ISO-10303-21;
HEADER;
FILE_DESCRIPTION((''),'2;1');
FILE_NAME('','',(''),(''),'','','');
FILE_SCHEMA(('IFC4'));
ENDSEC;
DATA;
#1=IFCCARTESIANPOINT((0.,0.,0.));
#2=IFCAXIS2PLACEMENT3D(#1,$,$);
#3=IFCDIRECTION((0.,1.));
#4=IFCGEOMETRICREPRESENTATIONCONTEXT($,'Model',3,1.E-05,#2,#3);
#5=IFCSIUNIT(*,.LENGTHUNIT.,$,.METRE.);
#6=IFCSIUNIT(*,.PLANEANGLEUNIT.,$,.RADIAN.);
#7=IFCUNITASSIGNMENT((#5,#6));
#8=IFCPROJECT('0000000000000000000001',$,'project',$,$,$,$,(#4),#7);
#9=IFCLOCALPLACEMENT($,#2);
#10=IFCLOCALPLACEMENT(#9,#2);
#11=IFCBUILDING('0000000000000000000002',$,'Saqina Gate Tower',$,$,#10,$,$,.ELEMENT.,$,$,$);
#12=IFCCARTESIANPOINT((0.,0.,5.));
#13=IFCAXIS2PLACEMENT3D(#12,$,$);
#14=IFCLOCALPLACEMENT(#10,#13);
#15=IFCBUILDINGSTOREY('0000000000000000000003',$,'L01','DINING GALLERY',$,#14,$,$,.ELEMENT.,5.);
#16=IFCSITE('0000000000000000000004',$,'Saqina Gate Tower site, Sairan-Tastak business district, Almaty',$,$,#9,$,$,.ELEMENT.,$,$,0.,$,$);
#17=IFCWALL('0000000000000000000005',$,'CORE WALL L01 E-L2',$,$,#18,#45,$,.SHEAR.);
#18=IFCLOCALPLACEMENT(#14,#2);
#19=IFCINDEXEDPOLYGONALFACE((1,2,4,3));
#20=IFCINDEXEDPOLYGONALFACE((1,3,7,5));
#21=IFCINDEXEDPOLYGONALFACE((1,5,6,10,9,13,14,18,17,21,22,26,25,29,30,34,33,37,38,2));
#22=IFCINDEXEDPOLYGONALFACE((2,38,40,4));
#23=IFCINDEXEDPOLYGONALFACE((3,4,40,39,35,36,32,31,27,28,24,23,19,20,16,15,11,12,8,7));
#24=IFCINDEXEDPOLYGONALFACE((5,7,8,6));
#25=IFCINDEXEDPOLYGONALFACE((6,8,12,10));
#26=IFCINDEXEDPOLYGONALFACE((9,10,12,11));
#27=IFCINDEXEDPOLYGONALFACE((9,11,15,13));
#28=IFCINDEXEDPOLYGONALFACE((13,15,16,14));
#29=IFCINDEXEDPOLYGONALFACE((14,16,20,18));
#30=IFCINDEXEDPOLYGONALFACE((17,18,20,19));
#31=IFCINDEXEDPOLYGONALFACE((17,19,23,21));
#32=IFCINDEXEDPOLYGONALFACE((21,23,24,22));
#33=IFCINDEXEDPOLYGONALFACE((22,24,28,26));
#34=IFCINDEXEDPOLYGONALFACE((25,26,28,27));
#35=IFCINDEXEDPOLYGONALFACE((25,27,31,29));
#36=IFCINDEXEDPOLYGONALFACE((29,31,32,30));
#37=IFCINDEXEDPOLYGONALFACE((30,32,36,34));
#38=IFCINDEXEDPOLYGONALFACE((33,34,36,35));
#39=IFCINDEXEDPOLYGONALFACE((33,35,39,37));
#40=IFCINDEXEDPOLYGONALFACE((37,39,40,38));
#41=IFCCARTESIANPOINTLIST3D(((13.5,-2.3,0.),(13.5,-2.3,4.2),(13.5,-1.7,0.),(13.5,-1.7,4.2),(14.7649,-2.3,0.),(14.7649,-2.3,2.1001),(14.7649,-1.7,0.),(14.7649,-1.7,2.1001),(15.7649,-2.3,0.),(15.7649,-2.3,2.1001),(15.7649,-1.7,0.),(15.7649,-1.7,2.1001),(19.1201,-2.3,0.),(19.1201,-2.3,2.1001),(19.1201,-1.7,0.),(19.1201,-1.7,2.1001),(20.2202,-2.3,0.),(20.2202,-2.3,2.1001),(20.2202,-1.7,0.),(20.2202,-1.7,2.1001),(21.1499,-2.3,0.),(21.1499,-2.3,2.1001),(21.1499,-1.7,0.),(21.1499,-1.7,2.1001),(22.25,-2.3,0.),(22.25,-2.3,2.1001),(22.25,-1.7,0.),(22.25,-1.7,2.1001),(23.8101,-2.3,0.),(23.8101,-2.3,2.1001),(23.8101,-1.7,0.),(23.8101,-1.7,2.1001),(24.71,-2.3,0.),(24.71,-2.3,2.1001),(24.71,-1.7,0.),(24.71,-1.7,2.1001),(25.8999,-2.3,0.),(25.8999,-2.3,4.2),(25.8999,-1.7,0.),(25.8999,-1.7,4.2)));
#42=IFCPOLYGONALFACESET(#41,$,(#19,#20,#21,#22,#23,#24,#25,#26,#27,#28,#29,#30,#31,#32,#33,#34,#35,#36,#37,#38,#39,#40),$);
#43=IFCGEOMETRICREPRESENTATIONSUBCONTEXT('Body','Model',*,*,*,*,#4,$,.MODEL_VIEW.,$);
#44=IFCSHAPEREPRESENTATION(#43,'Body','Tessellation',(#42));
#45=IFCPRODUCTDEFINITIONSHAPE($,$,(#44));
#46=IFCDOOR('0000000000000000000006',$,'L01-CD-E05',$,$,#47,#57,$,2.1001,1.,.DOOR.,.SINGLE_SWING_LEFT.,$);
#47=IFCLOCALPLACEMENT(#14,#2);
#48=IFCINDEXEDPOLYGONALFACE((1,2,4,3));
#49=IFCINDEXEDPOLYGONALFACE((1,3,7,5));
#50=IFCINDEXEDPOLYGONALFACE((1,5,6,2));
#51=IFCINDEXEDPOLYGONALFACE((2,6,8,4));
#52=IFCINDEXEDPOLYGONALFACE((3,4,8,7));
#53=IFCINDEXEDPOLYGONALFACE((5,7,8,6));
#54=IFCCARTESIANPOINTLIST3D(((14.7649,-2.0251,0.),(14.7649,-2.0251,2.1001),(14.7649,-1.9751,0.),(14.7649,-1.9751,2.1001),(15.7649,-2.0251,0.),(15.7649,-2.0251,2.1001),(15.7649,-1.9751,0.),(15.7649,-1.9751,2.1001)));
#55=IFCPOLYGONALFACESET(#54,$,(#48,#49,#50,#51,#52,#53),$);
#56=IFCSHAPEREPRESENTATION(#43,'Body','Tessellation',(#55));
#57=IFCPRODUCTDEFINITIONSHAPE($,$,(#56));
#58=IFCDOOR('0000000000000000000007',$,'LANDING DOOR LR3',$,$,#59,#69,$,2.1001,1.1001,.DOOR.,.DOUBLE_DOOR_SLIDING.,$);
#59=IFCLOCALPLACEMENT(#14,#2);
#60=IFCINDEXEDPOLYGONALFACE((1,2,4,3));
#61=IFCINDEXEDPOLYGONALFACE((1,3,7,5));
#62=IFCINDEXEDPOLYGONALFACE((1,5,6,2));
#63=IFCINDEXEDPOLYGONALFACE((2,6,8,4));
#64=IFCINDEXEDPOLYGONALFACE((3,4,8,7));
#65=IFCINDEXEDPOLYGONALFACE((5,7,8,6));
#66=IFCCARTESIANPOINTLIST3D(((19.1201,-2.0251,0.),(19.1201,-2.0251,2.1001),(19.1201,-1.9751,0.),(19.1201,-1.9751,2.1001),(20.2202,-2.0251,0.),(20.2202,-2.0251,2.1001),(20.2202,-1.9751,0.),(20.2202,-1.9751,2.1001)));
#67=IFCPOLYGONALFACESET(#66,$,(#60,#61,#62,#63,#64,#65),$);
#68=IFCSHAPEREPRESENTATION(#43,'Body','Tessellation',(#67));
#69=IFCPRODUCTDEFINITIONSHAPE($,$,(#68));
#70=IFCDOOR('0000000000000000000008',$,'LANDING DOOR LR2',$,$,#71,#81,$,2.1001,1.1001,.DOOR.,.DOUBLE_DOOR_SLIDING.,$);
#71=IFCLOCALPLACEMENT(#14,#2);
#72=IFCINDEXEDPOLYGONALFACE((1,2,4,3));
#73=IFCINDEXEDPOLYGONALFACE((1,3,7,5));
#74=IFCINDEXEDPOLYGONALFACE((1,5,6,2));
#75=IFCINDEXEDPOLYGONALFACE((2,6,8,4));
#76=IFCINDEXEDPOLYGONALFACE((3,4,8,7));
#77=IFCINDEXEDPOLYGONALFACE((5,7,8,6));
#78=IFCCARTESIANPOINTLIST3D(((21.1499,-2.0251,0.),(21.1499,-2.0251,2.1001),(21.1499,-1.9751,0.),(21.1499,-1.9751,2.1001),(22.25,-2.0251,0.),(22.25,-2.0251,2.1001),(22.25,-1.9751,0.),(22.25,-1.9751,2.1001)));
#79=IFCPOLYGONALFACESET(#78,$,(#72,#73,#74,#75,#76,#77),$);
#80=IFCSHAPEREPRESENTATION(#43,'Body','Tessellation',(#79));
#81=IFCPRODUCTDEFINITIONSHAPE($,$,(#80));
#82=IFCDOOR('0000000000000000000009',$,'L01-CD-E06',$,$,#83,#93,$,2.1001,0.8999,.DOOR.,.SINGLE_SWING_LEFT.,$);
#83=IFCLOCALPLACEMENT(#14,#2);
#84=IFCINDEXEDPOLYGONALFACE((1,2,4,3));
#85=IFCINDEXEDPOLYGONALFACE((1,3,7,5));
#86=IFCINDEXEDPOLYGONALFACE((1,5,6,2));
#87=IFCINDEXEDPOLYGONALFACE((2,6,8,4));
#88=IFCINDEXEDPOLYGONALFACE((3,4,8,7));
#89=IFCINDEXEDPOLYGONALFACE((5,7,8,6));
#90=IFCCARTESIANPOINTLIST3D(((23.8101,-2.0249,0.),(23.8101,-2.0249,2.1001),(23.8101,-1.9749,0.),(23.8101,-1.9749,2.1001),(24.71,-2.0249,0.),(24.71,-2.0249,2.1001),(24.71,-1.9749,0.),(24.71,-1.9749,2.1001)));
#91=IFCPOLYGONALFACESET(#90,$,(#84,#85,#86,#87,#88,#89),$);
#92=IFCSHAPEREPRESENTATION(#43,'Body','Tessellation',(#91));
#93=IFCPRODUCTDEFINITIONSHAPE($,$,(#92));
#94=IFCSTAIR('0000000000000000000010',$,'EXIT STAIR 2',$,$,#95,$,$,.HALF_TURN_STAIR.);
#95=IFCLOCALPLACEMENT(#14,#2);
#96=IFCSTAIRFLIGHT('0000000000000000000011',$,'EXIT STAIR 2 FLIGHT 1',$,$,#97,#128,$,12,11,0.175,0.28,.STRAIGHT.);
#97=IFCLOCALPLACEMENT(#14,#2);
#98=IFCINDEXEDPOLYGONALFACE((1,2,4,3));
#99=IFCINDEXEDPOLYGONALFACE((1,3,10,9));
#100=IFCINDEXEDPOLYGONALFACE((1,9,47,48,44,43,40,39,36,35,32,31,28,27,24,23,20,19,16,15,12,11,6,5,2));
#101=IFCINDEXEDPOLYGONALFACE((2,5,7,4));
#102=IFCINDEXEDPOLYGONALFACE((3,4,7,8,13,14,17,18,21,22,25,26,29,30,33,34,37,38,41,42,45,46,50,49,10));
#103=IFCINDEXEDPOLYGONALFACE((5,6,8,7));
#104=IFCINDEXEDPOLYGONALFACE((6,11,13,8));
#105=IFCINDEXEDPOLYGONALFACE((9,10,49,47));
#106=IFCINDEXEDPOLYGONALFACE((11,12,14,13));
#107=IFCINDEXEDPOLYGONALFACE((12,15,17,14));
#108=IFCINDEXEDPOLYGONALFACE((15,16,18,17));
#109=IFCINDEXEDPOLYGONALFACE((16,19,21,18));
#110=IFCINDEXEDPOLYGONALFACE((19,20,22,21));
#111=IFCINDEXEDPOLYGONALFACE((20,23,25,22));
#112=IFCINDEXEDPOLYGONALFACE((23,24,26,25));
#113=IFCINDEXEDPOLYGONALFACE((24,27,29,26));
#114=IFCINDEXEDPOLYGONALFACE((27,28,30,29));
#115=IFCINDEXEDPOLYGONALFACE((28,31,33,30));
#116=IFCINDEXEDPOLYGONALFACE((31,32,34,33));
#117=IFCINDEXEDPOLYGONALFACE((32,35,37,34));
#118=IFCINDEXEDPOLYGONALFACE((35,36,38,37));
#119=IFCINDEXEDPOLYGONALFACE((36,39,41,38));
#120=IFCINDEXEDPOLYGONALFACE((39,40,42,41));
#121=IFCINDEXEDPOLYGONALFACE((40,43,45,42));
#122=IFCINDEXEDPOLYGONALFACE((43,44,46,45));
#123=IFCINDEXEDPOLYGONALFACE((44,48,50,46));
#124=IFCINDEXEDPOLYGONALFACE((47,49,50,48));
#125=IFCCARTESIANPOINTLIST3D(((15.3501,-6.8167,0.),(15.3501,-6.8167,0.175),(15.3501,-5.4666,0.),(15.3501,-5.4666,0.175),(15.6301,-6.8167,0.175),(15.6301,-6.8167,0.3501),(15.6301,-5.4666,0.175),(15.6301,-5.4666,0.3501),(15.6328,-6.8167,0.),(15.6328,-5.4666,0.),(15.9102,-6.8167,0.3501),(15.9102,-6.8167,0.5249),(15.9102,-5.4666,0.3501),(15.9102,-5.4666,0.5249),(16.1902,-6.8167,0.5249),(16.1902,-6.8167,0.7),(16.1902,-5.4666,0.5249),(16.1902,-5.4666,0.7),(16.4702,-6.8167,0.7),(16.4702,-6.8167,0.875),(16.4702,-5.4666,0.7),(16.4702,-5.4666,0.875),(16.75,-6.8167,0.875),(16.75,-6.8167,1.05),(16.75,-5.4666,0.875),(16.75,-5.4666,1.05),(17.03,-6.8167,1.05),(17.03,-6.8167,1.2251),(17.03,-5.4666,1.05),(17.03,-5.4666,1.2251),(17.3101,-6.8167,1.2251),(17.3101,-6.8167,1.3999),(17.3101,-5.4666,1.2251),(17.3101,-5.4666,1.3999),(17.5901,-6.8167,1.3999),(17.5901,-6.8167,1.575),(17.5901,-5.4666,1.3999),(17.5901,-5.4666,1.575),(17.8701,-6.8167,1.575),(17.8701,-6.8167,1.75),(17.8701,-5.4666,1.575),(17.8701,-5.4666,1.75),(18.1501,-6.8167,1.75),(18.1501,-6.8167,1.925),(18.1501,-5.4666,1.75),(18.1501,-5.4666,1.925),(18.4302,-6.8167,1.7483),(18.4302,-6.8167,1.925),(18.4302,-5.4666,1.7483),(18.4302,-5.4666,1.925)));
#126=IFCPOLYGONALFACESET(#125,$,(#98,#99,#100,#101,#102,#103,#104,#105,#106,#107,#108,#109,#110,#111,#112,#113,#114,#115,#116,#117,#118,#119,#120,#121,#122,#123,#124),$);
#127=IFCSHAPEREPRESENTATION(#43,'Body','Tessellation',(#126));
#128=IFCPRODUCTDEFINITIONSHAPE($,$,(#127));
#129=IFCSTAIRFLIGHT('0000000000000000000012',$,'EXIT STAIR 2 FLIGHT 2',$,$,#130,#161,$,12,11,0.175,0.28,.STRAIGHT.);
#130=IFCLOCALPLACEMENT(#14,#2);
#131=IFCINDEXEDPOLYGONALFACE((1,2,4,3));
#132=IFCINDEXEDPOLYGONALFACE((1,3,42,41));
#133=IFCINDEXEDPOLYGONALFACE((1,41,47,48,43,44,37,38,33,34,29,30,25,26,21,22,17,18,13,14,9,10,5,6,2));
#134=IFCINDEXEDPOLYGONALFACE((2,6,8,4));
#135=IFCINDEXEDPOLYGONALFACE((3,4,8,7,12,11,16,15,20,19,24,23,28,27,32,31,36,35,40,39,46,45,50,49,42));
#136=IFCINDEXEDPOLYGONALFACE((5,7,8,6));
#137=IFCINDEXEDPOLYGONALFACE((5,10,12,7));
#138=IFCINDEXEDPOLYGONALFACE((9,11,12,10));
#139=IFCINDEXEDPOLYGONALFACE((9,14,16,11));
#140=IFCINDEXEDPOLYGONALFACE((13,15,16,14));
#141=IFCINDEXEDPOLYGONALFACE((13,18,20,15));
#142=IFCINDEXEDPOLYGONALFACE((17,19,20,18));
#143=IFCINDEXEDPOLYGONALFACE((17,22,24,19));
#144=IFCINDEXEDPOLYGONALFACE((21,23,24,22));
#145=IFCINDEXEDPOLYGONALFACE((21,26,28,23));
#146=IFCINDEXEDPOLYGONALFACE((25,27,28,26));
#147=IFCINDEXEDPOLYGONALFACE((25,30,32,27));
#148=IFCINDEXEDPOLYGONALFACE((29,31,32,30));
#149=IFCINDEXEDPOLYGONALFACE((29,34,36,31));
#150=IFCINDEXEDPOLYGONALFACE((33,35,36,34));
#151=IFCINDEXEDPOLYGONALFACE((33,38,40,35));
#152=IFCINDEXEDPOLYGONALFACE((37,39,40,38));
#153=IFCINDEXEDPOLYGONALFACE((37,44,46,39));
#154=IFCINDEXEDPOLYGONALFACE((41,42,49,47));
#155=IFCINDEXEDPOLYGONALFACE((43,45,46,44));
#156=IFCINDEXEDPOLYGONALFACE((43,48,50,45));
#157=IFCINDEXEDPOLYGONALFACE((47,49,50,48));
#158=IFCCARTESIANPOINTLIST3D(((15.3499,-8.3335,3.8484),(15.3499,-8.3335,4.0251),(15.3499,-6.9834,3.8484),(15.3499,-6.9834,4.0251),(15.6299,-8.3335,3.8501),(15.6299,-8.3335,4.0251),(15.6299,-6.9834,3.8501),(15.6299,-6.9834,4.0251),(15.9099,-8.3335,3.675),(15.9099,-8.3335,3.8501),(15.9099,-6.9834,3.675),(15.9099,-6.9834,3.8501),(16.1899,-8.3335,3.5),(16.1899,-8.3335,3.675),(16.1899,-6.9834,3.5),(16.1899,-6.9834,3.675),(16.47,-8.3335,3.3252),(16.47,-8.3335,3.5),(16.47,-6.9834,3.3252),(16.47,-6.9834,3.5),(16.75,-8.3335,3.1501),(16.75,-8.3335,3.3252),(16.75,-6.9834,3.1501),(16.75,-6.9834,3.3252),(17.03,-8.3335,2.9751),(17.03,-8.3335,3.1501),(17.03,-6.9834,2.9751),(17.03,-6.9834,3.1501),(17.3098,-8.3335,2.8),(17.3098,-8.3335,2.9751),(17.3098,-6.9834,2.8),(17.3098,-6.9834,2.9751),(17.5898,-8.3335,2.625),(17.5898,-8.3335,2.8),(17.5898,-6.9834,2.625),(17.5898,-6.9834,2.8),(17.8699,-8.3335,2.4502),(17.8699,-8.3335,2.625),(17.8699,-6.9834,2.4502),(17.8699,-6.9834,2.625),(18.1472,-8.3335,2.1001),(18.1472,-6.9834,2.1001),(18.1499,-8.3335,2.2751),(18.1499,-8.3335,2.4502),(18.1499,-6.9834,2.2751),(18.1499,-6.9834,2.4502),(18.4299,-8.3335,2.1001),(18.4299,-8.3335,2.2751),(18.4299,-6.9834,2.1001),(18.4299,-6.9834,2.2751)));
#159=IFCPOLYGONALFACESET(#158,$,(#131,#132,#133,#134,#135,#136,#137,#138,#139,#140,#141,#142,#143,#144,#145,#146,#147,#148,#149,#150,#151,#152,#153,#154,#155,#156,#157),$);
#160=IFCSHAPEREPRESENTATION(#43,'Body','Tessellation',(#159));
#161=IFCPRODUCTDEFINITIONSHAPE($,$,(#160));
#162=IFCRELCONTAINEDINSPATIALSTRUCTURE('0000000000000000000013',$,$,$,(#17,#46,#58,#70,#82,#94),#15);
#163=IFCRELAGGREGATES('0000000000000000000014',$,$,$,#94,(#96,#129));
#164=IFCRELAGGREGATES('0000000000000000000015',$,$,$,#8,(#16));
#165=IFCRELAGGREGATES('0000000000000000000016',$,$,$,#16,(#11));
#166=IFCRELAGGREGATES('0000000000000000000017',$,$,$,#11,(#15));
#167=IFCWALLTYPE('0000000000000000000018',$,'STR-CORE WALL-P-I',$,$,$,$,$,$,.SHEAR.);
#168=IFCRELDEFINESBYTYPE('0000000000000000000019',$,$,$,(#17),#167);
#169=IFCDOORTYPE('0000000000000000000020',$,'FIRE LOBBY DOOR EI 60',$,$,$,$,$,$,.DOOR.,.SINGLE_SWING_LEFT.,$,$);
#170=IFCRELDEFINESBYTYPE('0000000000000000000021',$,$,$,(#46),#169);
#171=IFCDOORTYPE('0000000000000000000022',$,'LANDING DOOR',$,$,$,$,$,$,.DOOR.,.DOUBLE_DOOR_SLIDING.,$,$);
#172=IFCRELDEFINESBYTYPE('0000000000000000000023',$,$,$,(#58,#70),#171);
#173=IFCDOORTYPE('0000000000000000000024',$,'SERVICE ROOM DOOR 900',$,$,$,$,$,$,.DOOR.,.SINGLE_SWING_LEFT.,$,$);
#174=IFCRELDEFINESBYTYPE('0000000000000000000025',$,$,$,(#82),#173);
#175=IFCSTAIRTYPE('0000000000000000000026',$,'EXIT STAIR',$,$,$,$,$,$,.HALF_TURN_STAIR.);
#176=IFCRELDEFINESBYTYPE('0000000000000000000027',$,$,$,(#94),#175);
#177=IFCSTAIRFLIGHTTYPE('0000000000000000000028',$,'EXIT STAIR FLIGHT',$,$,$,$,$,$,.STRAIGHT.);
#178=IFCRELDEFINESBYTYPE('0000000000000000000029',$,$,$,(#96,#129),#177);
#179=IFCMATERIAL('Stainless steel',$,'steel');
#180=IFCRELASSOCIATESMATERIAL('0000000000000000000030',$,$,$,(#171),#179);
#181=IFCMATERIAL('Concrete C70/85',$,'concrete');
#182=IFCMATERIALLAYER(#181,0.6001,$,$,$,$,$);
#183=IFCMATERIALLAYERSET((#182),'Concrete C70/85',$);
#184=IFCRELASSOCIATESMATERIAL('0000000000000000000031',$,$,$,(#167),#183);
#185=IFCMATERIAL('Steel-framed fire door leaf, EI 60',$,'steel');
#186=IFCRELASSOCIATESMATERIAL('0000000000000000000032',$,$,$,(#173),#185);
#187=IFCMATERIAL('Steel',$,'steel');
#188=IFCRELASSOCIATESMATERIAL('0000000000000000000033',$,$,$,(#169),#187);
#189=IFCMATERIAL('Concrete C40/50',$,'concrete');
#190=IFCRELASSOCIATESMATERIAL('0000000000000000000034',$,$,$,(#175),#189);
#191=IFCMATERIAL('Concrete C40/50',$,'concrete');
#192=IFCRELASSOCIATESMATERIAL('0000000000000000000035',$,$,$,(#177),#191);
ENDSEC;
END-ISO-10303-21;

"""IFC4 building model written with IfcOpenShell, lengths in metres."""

from ifc_helpers import new_model, si_unit, direction, frame, frame_2d, origin, place, context, subcontext, project, spatial, polyline, rectangle, outline, extrude, material, layer, layer_set, type_object, element, fill, aggregate, save


model = new_model("IFC4")

# Units and contexts
model_context = context("Model", 3, precision=1e-05, world=origin(), true_north=direction((0.0, 1.0)))
body_context = subcontext(model_context, "Body", "Model", "MODEL_VIEW")
ifc_project = project(units=[si_unit("LENGTHUNIT", "METRE"), si_unit("PLANEANGLEUNIT", "RADIAN")], contexts=[model_context])

# Site, building, storey
site_placement = place(None, origin())
site = spatial("IfcSite", under=ifc_project, at=site_placement, Name="Saqina Gate Tower site, Sairan-Tastak business district, Almaty", CompositionType="ELEMENT", RefElevation=0.0)
building_placement = place(site_placement, origin())
building = spatial("IfcBuilding", under=site, at=building_placement, Name="Saqina Gate Tower", CompositionType="ELEMENT")
storey_placement = place(building_placement, frame((0.0, 0.0, 5.0)))
storey = spatial("IfcBuildingStorey", under=building, at=storey_placement, Name="L01", Description="DINING GALLERY", CompositionType="ELEMENT", Elevation=5.0)

# Shared definitions
ifc_material_1 = material(Name="Stainless steel", Category="steel")
door_type_1 = type_object("IfcDoorType", Name="LANDING DOOR", OperationType="DOUBLE_DOOR_SLIDING", PredefinedType="DOOR", material=ifc_material_1)

# Wall, openings, doors
ifc_material_2 = material(Name="Concrete C70/85", Category="concrete")
ifc_layer_1 = layer(ifc_material_2, 0.6001)
ifc_layer_set_1 = layer_set([ifc_layer_1], Name="Concrete C70/85")
wall_type_1 = type_object("IfcWallType", Name="STR-CORE WALL-P-I", PredefinedType="SHEAR", material=ifc_layer_set_1)
ifc_material_3 = material(Name="Steel-framed fire door leaf, EI 60", Category="steel")
door_type_2 = type_object("IfcDoorType", Name="SERVICE ROOM DOOR 900", OperationType="SINGLE_SWING_LEFT", PredefinedType="DOOR", material=ifc_material_3)
wall_1_placement = place(storey_placement, frame((13.5, -2.0, 0.0), z_axis=(0.0, 0.0, 1.0), x_axis=(1.0, 0.0, 0.0)))
wall_1 = element("IfcWall", 1, at=wall_1_placement, inside=storey, type_object=wall_type_1, Name="CORE WALL L01 E-L2", PredefinedType="SHEAR", context=body_context, shape_type="SweptSolid", body=[
    extrude(rectangle(XDim=12.3999, YDim=0.6001, at=frame_2d((6.2, 0.0))), origin(), (0.0, 0.0, 1.0), 4.2),
])
opening_1_placement = place(wall_1_placement, frame((5.6201, 0.0, 0.0)))
opening_1 = element("IfcOpeningElement", 2, at=opening_1_placement, cuts=wall_1, PredefinedType="OPENING", context=body_context, shape_type="SweptSolid", body=[
    extrude(rectangle(XDim=1.1001, YDim=2.1001, at=frame_2d((0.55, 1.05))), frame((0.0, 0.312, 0.0), z_axis=(0.0, -1.0, 0.0), x_axis=(1.0, 0.0, 0.0)), (0.0, 0.0, 1.0), 0.624),
])
opening_2_placement = place(wall_1_placement, frame((7.6499, 0.0, 0.0)))
opening_2 = element("IfcOpeningElement", 3, at=opening_2_placement, cuts=wall_1, PredefinedType="OPENING", context=body_context, shape_type="SweptSolid", body=[
    extrude(rectangle(XDim=1.1001, YDim=2.1001, at=frame_2d((0.55, 1.05))), frame((0.0, 0.312, 0.0), z_axis=(0.0, -1.0, 0.0), x_axis=(1.0, 0.0, 0.0)), (0.0, 0.0, 1.0), 0.624),
])
opening_3_placement = place(wall_1_placement, frame((1.2649, 0.0, 0.0)))
opening_3 = element("IfcOpeningElement", 4, at=opening_3_placement, cuts=wall_1, PredefinedType="OPENING", context=body_context, shape_type="SweptSolid", body=[
    extrude(rectangle(XDim=1.0, YDim=2.1001, at=frame_2d((0.5, 1.05))), frame((0.0, 0.312, 0.0), z_axis=(0.0, -1.0, 0.0), x_axis=(1.0, 0.0, 0.0)), (0.0, 0.0, 1.0), 0.624),
])
opening_4_placement = place(wall_1_placement, frame((10.3101, 0.0, 0.0)))
opening_4 = element("IfcOpeningElement", 5, at=opening_4_placement, cuts=wall_1, PredefinedType="OPENING", context=body_context, shape_type="SweptSolid", body=[
    extrude(rectangle(XDim=0.8999, YDim=2.1001, at=frame_2d((0.45, 1.05))), frame((0.0, 0.312, 0.0), z_axis=(0.0, -1.0, 0.0), x_axis=(1.0, 0.0, 0.0)), (0.0, 0.0, 1.0), 0.624),
])
ifc_material_4 = material(Name="Steel", Category="steel")
door_type_3 = type_object("IfcDoorType", Name="FIRE LOBBY DOOR EI 60", OperationType="SINGLE_SWING_LEFT", PredefinedType="DOOR", material=ifc_material_4)
door_1_placement = place(opening_3_placement, origin())
door_1 = element("IfcDoor", 6, at=door_1_placement, inside=storey, type_object=door_type_3, Name="L01-CD-E05", OperationType="SINGLE_SWING_LEFT", OverallHeight=2.1001, OverallWidth=1.0, PredefinedType="DOOR", context=body_context, shape_type="SweptSolid", body=[
    extrude(rectangle(XDim=1.0, YDim=2.1001, at=frame_2d((0.5, 1.05))), frame((0.0, 0.0249, 0.0), z_axis=(0.0, -1.0, 0.0), x_axis=(1.0, 0.0, 0.0)), (0.0, 0.0, 1.0), 0.05),
])
fill(opening_3, door_1)
door_2_placement = place(opening_1_placement, origin())
door_2 = element("IfcDoor", 7, at=door_2_placement, inside=storey, type_object=door_type_1, Name="LANDING DOOR LR3", OperationType="DOUBLE_DOOR_SLIDING", OverallHeight=2.1001, OverallWidth=1.1001, PredefinedType="DOOR", context=body_context, shape_type="SweptSolid", body=[
    extrude(rectangle(XDim=1.1001, YDim=2.1001, at=frame_2d((0.55, 1.05))), frame((0.0, 0.0249, 0.0), z_axis=(0.0, -1.0, 0.0), x_axis=(1.0, 0.0, 0.0)), (0.0, 0.0, 1.0), 0.05),
])
fill(opening_1, door_2)
door_3_placement = place(opening_2_placement, origin())
door_3 = element("IfcDoor", 8, at=door_3_placement, inside=storey, type_object=door_type_1, Name="LANDING DOOR LR2", OperationType="DOUBLE_DOOR_SLIDING", OverallHeight=2.1001, OverallWidth=1.1001, PredefinedType="DOOR", context=body_context, shape_type="SweptSolid", body=[
    extrude(rectangle(XDim=1.1001, YDim=2.1001, at=frame_2d((0.55, 1.05))), frame((0.0, 0.0249, 0.0), z_axis=(0.0, -1.0, 0.0), x_axis=(1.0, 0.0, 0.0)), (0.0, 0.0, 1.0), 0.05),
])
fill(opening_2, door_3)
door_4_placement = place(opening_4_placement, frame((0.8999, 0.0, 0.0), z_axis=(0.0, 0.0, 1.0), x_axis=(-1.0, 0.0, 0.0)))
door_4 = element("IfcDoor", 9, at=door_4_placement, inside=storey, type_object=door_type_2, Name="L01-CD-E06", OperationType="SINGLE_SWING_LEFT", OverallHeight=2.1001, OverallWidth=0.8999, PredefinedType="DOOR", context=body_context, shape_type="SweptSolid", body=[
    extrude(rectangle(XDim=0.8999, YDim=2.1001, at=frame_2d((0.45, 1.05))), frame((0.0, 0.0249, 0.0), z_axis=(0.0, -1.0, 0.0), x_axis=(1.0, 0.0, 0.0)), (0.0, 0.0, 1.0), 0.05),
])
fill(opening_4, door_4)

# Stair, stair flights
ifc_material_5 = material(Name="Concrete C40/50", Category="concrete")
stair_type = type_object("IfcStairType", Name="EXIT STAIR", PredefinedType="HALF_TURN_STAIR", material=ifc_material_5)
stair_placement = place(storey_placement, origin())
stair = element("IfcStair", 10, at=stair_placement, inside=storey, type_object=stair_type, Name="EXIT STAIR 2", PredefinedType="HALF_TURN_STAIR")
ifc_material_6 = material(Name="Concrete C40/50", Category="concrete")
stair_flight_type = type_object("IfcStairFlightType", Name="EXIT STAIR FLIGHT", PredefinedType="STRAIGHT", material=ifc_material_6)
stair_flight_1_placement = place(storey_placement, frame((15.3501, -6.1416, 0.0), z_axis=(0.0, 0.0, 1.0), x_axis=(1.0, 0.0, 0.0)))
stair_flight_1 = element("IfcStairFlight", 11, at=stair_flight_1_placement, type_object=stair_flight_type, Name="EXIT STAIR 2 FLIGHT 1", NumberOfRisers=12, NumberOfTreads=11, PredefinedType="STRAIGHT", RiserHeight=0.175, TreadLength=0.28, context=body_context, shape_type="SweptSolid", body=[
    extrude(outline(polyline([(0.0, 0.0), (0.0, 0.175), (0.28, 0.175), (0.28, 0.3501), (0.5601, 0.3501), (0.5601, 0.5249), (0.8401, 0.5249), (0.8401, 0.7), (1.1201, 0.7), (1.1201, 0.875), (1.3999, 0.875), (1.3999, 1.05), (1.6799, 1.05), (1.6799, 1.2251), (1.96, 1.2251), (1.96, 1.3999), (2.24, 1.3999), (2.24, 1.575), (2.52, 1.575), (2.52, 1.75), (2.8, 1.75), (2.8, 1.925), (3.0801, 1.925), (3.0801, 2.1001), (3.0801, 1.7483), (0.2827, 0.0), (0.0, 0.0)])), frame((0.0, 0.675, 0.0), z_axis=(0.0, -1.0, 0.0), x_axis=(1.0, 0.0, 0.0)), (0.0, 0.0, 1.0), 1.3501),
])
stair_flight_2_placement = place(storey_placement, frame((18.4299, -7.6584, 2.1001), z_axis=(0.0, 0.0, 1.0), x_axis=(-1.0, 0.0, 0.0)))
stair_flight_2 = element("IfcStairFlight", 12, at=stair_flight_2_placement, type_object=stair_flight_type, Name="EXIT STAIR 2 FLIGHT 2", NumberOfRisers=12, NumberOfTreads=11, PredefinedType="STRAIGHT", RiserHeight=0.175, TreadLength=0.28, context=body_context, shape_type="SweptSolid", body=[
    extrude(outline(polyline([(0.0, 0.0), (0.0, 0.175), (0.28, 0.175), (0.28, 0.3501), (0.5601, 0.3501), (0.5601, 0.5249), (0.8401, 0.5249), (0.8401, 0.7), (1.1201, 0.7), (1.1201, 0.875), (1.3999, 0.875), (1.3999, 1.05), (1.6799, 1.05), (1.6799, 1.2251), (1.96, 1.2251), (1.96, 1.3999), (2.24, 1.3999), (2.24, 1.575), (2.52, 1.575), (2.52, 1.75), (2.8, 1.75), (2.8, 1.925), (3.0801, 1.925), (3.0801, 2.1001), (3.0801, 1.7483), (0.2827, 0.0), (0.0, 0.0)])), frame((0.0, 0.675, 0.0), z_axis=(0.0, -1.0, 0.0), x_axis=(1.0, 0.0, 0.0)), (0.0, 0.0, 1.0), 1.3501),
])
aggregate(stair, [stair_flight_1, stair_flight_2])

save(model, "model.ifc")
